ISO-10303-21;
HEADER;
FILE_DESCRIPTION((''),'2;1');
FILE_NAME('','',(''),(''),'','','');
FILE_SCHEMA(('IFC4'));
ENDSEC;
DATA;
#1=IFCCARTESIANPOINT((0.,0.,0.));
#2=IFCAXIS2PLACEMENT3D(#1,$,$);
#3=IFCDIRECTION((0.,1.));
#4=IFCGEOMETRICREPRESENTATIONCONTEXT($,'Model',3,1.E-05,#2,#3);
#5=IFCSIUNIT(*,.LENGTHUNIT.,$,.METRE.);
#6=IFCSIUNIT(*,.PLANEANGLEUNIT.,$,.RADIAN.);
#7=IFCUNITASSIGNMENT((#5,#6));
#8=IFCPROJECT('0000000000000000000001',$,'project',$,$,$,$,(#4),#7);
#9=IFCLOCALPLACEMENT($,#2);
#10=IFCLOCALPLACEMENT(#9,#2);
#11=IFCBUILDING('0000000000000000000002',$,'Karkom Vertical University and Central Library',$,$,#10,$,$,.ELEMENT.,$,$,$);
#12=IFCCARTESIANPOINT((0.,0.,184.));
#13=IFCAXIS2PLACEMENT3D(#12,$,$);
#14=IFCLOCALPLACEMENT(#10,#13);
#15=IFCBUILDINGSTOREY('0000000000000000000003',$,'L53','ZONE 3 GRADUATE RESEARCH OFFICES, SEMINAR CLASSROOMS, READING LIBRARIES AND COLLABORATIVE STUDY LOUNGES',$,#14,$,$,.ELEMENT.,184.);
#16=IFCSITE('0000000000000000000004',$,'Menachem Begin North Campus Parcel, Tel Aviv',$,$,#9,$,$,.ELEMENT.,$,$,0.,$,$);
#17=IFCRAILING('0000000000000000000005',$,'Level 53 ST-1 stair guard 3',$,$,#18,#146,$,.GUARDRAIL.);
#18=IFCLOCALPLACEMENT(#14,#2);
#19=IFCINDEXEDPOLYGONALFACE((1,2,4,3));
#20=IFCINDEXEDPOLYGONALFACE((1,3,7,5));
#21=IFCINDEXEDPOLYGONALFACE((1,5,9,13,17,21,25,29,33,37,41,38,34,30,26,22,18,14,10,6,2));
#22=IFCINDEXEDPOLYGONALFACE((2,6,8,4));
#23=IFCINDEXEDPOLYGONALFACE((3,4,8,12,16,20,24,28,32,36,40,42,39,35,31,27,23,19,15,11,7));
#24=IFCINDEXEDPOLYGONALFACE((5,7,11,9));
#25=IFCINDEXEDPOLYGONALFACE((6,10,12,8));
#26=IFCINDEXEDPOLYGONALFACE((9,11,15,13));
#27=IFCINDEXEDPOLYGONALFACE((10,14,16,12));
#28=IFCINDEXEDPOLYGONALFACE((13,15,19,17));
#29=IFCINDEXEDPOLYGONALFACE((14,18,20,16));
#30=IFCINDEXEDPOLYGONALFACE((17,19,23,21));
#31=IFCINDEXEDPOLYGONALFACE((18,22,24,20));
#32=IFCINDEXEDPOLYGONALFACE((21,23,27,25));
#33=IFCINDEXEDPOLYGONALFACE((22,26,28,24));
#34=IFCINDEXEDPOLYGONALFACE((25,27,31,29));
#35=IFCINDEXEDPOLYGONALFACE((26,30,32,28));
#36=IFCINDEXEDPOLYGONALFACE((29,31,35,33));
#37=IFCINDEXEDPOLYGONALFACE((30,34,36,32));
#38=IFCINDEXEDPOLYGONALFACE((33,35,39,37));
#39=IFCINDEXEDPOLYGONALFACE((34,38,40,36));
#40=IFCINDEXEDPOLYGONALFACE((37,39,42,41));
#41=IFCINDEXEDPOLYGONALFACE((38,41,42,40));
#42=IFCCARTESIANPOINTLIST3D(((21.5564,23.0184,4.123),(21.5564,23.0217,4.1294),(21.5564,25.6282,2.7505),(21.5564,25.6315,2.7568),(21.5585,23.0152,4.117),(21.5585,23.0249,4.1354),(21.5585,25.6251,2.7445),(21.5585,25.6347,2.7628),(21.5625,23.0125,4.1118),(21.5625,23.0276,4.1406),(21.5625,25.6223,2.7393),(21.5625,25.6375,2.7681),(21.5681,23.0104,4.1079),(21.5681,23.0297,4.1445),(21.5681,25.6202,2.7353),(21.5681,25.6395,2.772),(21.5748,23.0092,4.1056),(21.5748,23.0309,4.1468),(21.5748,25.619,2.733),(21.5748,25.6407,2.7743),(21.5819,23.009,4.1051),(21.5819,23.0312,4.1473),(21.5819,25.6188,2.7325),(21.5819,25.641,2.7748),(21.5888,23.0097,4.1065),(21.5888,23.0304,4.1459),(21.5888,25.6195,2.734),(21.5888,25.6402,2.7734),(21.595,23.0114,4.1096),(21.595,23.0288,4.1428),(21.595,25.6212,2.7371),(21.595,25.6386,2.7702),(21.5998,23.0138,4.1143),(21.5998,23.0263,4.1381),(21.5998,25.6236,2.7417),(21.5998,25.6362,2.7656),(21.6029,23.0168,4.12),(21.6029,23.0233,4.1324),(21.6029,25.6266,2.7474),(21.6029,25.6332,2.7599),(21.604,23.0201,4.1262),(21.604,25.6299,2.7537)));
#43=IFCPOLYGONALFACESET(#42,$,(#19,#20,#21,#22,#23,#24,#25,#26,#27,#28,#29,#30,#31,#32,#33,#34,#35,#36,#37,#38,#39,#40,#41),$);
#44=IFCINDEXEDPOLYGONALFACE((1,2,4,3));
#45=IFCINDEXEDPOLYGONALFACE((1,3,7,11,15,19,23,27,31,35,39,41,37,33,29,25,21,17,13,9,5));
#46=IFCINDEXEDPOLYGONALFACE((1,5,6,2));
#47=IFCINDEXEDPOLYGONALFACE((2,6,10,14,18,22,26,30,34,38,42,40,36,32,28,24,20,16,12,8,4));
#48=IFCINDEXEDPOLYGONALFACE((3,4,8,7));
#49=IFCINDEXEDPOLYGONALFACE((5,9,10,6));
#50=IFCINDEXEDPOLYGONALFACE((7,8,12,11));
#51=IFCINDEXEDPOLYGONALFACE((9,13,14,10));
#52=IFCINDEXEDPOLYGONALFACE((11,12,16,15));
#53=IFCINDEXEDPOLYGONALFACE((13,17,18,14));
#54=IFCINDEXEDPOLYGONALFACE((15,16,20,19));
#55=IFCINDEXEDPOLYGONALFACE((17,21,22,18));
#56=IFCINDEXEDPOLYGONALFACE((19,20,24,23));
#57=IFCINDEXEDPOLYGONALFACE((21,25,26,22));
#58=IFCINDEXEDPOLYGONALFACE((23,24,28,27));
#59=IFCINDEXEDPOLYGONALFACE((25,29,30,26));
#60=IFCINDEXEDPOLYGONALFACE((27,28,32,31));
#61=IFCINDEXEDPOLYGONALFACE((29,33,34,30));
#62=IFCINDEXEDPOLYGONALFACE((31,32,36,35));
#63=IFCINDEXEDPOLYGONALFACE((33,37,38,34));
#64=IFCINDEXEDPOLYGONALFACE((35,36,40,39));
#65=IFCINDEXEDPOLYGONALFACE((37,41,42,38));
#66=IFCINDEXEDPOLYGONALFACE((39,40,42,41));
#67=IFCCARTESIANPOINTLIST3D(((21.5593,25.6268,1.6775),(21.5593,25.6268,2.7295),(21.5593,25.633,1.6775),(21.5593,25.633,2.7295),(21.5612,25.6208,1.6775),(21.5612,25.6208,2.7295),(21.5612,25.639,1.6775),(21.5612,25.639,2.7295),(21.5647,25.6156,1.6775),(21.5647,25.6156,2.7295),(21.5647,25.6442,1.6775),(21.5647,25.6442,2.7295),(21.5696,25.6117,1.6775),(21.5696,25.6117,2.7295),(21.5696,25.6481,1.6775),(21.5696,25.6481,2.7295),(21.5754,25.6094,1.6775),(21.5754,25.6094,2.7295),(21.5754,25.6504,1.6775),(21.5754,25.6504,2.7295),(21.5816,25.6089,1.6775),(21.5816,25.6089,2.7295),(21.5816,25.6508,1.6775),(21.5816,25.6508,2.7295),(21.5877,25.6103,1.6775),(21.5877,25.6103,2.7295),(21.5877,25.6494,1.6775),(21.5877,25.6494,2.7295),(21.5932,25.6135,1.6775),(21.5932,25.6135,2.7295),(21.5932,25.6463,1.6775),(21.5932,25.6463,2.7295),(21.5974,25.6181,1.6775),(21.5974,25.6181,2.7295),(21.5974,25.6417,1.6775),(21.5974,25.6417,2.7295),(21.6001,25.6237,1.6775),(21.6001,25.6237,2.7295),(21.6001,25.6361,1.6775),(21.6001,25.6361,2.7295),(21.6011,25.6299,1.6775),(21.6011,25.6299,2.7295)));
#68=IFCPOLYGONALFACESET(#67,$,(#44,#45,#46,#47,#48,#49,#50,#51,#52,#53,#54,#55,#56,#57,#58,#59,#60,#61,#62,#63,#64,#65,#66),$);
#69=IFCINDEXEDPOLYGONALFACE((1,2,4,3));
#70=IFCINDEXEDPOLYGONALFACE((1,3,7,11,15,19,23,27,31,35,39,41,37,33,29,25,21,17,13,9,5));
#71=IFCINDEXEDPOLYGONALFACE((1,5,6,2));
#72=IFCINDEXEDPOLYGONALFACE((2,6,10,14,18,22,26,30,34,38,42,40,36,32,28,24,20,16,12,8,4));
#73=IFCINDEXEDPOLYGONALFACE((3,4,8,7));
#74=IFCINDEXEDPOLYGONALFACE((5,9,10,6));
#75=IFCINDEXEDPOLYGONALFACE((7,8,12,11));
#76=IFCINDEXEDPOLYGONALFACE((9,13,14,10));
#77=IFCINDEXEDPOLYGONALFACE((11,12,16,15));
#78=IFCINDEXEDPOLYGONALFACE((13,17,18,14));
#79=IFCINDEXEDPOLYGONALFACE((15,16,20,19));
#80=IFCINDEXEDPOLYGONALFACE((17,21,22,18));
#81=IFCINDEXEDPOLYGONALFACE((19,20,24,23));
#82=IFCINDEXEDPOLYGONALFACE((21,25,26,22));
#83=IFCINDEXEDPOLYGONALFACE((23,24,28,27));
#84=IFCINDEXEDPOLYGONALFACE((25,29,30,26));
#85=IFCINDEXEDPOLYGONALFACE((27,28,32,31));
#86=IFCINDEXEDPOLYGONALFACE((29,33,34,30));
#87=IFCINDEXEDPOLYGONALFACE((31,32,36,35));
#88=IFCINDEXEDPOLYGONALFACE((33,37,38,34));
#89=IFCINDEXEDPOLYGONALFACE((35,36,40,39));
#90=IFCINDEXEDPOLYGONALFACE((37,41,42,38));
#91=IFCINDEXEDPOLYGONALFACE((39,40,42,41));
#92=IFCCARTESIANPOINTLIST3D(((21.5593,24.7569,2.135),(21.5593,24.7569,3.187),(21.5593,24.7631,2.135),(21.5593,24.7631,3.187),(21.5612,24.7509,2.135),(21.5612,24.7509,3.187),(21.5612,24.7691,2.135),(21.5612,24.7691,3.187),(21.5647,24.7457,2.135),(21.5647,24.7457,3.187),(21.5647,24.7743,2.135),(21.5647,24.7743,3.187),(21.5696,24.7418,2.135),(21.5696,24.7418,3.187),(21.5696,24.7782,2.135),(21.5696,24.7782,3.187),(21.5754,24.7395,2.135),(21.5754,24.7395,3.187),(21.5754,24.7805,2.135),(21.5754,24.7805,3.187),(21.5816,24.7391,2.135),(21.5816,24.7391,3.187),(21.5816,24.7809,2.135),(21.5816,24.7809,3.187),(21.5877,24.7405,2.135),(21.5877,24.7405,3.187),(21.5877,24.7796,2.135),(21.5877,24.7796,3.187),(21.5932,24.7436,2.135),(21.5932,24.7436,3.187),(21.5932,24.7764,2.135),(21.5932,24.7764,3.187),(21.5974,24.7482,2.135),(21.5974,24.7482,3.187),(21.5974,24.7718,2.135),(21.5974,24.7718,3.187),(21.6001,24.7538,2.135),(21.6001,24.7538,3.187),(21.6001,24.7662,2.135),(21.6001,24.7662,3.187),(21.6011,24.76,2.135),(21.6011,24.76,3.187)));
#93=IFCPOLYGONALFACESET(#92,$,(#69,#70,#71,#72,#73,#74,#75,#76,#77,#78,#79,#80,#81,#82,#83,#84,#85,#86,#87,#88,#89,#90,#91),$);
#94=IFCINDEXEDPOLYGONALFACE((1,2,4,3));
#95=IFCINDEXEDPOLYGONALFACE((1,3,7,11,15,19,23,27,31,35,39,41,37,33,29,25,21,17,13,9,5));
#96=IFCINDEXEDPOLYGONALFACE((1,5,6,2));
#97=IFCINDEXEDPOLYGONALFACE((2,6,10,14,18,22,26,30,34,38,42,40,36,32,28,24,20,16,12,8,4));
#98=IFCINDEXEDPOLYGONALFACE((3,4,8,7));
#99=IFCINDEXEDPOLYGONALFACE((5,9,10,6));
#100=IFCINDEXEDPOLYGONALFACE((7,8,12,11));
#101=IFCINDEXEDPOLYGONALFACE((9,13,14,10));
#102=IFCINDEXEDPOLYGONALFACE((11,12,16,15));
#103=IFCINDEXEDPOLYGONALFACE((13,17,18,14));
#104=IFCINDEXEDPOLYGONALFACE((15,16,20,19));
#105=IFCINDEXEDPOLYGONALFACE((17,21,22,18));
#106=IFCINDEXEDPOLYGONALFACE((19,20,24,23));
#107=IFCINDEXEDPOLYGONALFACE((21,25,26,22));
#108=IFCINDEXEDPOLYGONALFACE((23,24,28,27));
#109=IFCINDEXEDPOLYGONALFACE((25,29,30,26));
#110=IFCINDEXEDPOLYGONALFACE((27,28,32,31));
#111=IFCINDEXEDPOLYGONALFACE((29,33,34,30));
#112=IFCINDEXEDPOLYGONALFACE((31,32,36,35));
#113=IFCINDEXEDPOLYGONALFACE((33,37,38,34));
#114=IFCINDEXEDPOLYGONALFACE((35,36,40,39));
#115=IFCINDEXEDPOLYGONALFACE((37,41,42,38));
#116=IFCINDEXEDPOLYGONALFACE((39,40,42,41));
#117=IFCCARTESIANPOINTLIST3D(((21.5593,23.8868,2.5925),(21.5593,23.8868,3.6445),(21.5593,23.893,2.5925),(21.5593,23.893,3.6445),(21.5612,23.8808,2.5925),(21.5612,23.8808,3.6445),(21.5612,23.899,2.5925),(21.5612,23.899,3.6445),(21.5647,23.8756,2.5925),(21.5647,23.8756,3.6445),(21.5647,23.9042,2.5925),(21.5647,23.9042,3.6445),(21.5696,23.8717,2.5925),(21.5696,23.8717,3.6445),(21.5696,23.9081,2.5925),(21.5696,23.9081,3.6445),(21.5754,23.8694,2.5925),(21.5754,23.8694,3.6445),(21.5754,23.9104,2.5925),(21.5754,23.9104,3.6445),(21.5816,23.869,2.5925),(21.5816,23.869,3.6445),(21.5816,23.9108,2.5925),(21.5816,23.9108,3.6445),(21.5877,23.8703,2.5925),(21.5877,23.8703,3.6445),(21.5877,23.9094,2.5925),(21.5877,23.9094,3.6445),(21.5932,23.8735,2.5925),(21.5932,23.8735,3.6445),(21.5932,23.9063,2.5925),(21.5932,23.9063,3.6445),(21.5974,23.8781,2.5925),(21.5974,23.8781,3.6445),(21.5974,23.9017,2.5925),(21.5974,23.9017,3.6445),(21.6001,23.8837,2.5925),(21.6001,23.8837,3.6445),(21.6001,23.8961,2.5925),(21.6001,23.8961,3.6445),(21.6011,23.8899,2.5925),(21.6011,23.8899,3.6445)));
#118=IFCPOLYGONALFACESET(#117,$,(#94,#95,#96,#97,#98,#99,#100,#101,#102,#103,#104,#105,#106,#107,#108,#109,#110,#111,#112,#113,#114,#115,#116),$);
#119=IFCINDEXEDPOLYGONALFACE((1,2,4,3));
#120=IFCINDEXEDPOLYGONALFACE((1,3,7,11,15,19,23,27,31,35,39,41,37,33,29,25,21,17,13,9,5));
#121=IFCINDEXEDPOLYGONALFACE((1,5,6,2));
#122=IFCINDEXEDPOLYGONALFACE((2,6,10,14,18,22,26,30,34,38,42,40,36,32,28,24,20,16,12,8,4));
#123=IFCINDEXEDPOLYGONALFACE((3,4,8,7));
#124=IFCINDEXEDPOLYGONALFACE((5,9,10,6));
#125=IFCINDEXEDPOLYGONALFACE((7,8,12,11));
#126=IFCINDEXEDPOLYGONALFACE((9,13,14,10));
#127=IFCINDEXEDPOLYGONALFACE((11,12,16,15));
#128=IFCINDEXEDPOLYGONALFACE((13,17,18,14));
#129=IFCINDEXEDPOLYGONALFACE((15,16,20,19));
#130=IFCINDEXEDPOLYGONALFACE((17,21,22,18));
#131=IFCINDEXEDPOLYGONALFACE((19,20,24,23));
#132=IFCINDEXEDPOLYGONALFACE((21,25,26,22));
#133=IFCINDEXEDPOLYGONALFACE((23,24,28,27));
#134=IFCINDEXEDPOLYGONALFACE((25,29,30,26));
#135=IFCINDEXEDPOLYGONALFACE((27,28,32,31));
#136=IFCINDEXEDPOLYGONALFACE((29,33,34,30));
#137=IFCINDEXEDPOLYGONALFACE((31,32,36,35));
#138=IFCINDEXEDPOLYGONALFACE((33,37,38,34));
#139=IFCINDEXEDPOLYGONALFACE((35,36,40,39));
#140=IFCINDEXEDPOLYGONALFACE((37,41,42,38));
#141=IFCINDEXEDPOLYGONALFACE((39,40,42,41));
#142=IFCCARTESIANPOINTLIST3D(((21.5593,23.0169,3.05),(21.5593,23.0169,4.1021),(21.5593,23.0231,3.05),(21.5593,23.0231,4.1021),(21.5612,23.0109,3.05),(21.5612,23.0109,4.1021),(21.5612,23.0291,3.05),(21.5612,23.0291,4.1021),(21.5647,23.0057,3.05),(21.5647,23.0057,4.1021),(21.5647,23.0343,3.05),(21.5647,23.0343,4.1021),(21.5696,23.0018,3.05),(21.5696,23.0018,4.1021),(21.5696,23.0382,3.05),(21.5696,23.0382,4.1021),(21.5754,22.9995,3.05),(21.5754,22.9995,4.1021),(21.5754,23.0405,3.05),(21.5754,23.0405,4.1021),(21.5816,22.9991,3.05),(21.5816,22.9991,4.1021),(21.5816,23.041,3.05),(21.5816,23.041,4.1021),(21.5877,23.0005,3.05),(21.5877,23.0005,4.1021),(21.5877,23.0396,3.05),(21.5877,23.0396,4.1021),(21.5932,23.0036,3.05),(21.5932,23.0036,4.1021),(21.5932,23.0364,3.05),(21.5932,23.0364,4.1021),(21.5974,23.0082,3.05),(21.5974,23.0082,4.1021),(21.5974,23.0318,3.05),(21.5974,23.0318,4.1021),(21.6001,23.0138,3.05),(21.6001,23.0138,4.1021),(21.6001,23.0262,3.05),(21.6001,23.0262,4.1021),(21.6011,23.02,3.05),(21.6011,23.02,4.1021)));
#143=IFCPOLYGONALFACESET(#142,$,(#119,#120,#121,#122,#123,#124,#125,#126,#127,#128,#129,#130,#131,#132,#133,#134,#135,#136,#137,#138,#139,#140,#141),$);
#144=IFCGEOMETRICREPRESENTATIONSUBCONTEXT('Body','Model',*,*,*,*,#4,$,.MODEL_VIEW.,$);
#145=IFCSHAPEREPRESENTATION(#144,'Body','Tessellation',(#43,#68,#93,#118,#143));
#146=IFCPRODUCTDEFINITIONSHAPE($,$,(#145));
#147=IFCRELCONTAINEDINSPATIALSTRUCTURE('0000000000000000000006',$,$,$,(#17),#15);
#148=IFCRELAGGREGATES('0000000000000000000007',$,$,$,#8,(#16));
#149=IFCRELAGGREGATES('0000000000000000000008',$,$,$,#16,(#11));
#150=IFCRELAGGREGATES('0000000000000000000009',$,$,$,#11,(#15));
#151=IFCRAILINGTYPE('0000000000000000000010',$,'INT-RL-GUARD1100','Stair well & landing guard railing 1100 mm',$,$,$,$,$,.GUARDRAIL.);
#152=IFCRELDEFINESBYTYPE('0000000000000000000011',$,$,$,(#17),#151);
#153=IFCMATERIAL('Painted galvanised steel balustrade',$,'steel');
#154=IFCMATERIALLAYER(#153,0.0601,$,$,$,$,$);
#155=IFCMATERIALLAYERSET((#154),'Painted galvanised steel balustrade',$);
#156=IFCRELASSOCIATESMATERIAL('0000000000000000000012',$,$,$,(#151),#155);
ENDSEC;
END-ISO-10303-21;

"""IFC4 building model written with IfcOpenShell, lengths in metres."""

from ifc_helpers import new_model, si_unit, direction, frame, origin, origin_2d, place, context, subcontext, project, spatial, circle, extrude, material, layer, layer_set, type_object, element, save


model = new_model("IFC4")

# Units and contexts
model_context = context("Model", 3, precision=1e-05, world=origin(), true_north=direction((0.0, 1.0)))
body_context = subcontext(model_context, "Body", "Model", "MODEL_VIEW")
ifc_project = project(units=[si_unit("LENGTHUNIT", "METRE"), si_unit("PLANEANGLEUNIT", "RADIAN")], contexts=[model_context])

# Site, building, storey
site_placement = place(None, origin())
site = spatial("IfcSite", under=ifc_project, at=site_placement, Name="Menachem Begin North Campus Parcel, Tel Aviv", CompositionType="ELEMENT", RefElevation=0.0)
building_placement = place(site_placement, origin())
building = spatial("IfcBuilding", under=site, at=building_placement, Name="Karkom Vertical University and Central Library", CompositionType="ELEMENT")
storey_placement = place(building_placement, frame((0.0, 0.0, 184.0)))
storey = spatial("IfcBuildingStorey", under=building, at=storey_placement, Name="L53", Description="ZONE 3 GRADUATE RESEARCH OFFICES, SEMINAR CLASSROOMS, READING LIBRARIES AND COLLABORATIVE STUDY LOUNGES", CompositionType="ELEMENT", Elevation=184.0)

# Railing
ifc_material_1 = material(Name="Painted galvanised steel balustrade", Category="steel")
ifc_layer_1 = layer(ifc_material_1, 0.0601)
ifc_layer_set_1 = layer_set([ifc_layer_1], Name="Painted galvanised steel balustrade")
railing_type_1 = type_object("IfcRailingType", Name="INT-RL-GUARD1100", Description="Stair well & landing guard railing 1100 mm", PredefinedType="GUARDRAIL", material=ifc_layer_set_1)
railing_1_placement = place(storey_placement, frame((21.5801, 25.6299, 1.6775)))
element("IfcRailing", 1, at=railing_1_placement, inside=storey, type_object=railing_type_1, Name="Level 53 ST-1 stair guard 3", PredefinedType="GUARDRAIL", context=body_context, shape_type="SweptSolid", body=[
    extrude(circle(Radius=0.0239, at=origin_2d()), frame((0.0, 0.0, 1.0762), z_axis=(0.0, -0.885065, 0.465467), x_axis=(1.0, 0.0, 0.0)), (0.0, 0.0, 1.0), 2.9487),
    extrude(circle(Radius=0.021, at=origin_2d()), origin(), (0.0, 0.0, 1.0), 1.052),
    extrude(circle(Radius=0.021, at=origin_2d()), frame((0.0, -0.8699, 0.4575)), (0.0, 0.0, 1.0), 1.052),
    extrude(circle(Radius=0.021, at=origin_2d()), frame((0.0, -1.74, 0.915)), (0.0, 0.0, 1.0), 1.052),
    extrude(circle(Radius=0.021, at=origin_2d()), frame((0.0, -2.6099, 1.3726)), (0.0, 0.0, 1.0), 1.052),
])

save(model, "model.ifc")
